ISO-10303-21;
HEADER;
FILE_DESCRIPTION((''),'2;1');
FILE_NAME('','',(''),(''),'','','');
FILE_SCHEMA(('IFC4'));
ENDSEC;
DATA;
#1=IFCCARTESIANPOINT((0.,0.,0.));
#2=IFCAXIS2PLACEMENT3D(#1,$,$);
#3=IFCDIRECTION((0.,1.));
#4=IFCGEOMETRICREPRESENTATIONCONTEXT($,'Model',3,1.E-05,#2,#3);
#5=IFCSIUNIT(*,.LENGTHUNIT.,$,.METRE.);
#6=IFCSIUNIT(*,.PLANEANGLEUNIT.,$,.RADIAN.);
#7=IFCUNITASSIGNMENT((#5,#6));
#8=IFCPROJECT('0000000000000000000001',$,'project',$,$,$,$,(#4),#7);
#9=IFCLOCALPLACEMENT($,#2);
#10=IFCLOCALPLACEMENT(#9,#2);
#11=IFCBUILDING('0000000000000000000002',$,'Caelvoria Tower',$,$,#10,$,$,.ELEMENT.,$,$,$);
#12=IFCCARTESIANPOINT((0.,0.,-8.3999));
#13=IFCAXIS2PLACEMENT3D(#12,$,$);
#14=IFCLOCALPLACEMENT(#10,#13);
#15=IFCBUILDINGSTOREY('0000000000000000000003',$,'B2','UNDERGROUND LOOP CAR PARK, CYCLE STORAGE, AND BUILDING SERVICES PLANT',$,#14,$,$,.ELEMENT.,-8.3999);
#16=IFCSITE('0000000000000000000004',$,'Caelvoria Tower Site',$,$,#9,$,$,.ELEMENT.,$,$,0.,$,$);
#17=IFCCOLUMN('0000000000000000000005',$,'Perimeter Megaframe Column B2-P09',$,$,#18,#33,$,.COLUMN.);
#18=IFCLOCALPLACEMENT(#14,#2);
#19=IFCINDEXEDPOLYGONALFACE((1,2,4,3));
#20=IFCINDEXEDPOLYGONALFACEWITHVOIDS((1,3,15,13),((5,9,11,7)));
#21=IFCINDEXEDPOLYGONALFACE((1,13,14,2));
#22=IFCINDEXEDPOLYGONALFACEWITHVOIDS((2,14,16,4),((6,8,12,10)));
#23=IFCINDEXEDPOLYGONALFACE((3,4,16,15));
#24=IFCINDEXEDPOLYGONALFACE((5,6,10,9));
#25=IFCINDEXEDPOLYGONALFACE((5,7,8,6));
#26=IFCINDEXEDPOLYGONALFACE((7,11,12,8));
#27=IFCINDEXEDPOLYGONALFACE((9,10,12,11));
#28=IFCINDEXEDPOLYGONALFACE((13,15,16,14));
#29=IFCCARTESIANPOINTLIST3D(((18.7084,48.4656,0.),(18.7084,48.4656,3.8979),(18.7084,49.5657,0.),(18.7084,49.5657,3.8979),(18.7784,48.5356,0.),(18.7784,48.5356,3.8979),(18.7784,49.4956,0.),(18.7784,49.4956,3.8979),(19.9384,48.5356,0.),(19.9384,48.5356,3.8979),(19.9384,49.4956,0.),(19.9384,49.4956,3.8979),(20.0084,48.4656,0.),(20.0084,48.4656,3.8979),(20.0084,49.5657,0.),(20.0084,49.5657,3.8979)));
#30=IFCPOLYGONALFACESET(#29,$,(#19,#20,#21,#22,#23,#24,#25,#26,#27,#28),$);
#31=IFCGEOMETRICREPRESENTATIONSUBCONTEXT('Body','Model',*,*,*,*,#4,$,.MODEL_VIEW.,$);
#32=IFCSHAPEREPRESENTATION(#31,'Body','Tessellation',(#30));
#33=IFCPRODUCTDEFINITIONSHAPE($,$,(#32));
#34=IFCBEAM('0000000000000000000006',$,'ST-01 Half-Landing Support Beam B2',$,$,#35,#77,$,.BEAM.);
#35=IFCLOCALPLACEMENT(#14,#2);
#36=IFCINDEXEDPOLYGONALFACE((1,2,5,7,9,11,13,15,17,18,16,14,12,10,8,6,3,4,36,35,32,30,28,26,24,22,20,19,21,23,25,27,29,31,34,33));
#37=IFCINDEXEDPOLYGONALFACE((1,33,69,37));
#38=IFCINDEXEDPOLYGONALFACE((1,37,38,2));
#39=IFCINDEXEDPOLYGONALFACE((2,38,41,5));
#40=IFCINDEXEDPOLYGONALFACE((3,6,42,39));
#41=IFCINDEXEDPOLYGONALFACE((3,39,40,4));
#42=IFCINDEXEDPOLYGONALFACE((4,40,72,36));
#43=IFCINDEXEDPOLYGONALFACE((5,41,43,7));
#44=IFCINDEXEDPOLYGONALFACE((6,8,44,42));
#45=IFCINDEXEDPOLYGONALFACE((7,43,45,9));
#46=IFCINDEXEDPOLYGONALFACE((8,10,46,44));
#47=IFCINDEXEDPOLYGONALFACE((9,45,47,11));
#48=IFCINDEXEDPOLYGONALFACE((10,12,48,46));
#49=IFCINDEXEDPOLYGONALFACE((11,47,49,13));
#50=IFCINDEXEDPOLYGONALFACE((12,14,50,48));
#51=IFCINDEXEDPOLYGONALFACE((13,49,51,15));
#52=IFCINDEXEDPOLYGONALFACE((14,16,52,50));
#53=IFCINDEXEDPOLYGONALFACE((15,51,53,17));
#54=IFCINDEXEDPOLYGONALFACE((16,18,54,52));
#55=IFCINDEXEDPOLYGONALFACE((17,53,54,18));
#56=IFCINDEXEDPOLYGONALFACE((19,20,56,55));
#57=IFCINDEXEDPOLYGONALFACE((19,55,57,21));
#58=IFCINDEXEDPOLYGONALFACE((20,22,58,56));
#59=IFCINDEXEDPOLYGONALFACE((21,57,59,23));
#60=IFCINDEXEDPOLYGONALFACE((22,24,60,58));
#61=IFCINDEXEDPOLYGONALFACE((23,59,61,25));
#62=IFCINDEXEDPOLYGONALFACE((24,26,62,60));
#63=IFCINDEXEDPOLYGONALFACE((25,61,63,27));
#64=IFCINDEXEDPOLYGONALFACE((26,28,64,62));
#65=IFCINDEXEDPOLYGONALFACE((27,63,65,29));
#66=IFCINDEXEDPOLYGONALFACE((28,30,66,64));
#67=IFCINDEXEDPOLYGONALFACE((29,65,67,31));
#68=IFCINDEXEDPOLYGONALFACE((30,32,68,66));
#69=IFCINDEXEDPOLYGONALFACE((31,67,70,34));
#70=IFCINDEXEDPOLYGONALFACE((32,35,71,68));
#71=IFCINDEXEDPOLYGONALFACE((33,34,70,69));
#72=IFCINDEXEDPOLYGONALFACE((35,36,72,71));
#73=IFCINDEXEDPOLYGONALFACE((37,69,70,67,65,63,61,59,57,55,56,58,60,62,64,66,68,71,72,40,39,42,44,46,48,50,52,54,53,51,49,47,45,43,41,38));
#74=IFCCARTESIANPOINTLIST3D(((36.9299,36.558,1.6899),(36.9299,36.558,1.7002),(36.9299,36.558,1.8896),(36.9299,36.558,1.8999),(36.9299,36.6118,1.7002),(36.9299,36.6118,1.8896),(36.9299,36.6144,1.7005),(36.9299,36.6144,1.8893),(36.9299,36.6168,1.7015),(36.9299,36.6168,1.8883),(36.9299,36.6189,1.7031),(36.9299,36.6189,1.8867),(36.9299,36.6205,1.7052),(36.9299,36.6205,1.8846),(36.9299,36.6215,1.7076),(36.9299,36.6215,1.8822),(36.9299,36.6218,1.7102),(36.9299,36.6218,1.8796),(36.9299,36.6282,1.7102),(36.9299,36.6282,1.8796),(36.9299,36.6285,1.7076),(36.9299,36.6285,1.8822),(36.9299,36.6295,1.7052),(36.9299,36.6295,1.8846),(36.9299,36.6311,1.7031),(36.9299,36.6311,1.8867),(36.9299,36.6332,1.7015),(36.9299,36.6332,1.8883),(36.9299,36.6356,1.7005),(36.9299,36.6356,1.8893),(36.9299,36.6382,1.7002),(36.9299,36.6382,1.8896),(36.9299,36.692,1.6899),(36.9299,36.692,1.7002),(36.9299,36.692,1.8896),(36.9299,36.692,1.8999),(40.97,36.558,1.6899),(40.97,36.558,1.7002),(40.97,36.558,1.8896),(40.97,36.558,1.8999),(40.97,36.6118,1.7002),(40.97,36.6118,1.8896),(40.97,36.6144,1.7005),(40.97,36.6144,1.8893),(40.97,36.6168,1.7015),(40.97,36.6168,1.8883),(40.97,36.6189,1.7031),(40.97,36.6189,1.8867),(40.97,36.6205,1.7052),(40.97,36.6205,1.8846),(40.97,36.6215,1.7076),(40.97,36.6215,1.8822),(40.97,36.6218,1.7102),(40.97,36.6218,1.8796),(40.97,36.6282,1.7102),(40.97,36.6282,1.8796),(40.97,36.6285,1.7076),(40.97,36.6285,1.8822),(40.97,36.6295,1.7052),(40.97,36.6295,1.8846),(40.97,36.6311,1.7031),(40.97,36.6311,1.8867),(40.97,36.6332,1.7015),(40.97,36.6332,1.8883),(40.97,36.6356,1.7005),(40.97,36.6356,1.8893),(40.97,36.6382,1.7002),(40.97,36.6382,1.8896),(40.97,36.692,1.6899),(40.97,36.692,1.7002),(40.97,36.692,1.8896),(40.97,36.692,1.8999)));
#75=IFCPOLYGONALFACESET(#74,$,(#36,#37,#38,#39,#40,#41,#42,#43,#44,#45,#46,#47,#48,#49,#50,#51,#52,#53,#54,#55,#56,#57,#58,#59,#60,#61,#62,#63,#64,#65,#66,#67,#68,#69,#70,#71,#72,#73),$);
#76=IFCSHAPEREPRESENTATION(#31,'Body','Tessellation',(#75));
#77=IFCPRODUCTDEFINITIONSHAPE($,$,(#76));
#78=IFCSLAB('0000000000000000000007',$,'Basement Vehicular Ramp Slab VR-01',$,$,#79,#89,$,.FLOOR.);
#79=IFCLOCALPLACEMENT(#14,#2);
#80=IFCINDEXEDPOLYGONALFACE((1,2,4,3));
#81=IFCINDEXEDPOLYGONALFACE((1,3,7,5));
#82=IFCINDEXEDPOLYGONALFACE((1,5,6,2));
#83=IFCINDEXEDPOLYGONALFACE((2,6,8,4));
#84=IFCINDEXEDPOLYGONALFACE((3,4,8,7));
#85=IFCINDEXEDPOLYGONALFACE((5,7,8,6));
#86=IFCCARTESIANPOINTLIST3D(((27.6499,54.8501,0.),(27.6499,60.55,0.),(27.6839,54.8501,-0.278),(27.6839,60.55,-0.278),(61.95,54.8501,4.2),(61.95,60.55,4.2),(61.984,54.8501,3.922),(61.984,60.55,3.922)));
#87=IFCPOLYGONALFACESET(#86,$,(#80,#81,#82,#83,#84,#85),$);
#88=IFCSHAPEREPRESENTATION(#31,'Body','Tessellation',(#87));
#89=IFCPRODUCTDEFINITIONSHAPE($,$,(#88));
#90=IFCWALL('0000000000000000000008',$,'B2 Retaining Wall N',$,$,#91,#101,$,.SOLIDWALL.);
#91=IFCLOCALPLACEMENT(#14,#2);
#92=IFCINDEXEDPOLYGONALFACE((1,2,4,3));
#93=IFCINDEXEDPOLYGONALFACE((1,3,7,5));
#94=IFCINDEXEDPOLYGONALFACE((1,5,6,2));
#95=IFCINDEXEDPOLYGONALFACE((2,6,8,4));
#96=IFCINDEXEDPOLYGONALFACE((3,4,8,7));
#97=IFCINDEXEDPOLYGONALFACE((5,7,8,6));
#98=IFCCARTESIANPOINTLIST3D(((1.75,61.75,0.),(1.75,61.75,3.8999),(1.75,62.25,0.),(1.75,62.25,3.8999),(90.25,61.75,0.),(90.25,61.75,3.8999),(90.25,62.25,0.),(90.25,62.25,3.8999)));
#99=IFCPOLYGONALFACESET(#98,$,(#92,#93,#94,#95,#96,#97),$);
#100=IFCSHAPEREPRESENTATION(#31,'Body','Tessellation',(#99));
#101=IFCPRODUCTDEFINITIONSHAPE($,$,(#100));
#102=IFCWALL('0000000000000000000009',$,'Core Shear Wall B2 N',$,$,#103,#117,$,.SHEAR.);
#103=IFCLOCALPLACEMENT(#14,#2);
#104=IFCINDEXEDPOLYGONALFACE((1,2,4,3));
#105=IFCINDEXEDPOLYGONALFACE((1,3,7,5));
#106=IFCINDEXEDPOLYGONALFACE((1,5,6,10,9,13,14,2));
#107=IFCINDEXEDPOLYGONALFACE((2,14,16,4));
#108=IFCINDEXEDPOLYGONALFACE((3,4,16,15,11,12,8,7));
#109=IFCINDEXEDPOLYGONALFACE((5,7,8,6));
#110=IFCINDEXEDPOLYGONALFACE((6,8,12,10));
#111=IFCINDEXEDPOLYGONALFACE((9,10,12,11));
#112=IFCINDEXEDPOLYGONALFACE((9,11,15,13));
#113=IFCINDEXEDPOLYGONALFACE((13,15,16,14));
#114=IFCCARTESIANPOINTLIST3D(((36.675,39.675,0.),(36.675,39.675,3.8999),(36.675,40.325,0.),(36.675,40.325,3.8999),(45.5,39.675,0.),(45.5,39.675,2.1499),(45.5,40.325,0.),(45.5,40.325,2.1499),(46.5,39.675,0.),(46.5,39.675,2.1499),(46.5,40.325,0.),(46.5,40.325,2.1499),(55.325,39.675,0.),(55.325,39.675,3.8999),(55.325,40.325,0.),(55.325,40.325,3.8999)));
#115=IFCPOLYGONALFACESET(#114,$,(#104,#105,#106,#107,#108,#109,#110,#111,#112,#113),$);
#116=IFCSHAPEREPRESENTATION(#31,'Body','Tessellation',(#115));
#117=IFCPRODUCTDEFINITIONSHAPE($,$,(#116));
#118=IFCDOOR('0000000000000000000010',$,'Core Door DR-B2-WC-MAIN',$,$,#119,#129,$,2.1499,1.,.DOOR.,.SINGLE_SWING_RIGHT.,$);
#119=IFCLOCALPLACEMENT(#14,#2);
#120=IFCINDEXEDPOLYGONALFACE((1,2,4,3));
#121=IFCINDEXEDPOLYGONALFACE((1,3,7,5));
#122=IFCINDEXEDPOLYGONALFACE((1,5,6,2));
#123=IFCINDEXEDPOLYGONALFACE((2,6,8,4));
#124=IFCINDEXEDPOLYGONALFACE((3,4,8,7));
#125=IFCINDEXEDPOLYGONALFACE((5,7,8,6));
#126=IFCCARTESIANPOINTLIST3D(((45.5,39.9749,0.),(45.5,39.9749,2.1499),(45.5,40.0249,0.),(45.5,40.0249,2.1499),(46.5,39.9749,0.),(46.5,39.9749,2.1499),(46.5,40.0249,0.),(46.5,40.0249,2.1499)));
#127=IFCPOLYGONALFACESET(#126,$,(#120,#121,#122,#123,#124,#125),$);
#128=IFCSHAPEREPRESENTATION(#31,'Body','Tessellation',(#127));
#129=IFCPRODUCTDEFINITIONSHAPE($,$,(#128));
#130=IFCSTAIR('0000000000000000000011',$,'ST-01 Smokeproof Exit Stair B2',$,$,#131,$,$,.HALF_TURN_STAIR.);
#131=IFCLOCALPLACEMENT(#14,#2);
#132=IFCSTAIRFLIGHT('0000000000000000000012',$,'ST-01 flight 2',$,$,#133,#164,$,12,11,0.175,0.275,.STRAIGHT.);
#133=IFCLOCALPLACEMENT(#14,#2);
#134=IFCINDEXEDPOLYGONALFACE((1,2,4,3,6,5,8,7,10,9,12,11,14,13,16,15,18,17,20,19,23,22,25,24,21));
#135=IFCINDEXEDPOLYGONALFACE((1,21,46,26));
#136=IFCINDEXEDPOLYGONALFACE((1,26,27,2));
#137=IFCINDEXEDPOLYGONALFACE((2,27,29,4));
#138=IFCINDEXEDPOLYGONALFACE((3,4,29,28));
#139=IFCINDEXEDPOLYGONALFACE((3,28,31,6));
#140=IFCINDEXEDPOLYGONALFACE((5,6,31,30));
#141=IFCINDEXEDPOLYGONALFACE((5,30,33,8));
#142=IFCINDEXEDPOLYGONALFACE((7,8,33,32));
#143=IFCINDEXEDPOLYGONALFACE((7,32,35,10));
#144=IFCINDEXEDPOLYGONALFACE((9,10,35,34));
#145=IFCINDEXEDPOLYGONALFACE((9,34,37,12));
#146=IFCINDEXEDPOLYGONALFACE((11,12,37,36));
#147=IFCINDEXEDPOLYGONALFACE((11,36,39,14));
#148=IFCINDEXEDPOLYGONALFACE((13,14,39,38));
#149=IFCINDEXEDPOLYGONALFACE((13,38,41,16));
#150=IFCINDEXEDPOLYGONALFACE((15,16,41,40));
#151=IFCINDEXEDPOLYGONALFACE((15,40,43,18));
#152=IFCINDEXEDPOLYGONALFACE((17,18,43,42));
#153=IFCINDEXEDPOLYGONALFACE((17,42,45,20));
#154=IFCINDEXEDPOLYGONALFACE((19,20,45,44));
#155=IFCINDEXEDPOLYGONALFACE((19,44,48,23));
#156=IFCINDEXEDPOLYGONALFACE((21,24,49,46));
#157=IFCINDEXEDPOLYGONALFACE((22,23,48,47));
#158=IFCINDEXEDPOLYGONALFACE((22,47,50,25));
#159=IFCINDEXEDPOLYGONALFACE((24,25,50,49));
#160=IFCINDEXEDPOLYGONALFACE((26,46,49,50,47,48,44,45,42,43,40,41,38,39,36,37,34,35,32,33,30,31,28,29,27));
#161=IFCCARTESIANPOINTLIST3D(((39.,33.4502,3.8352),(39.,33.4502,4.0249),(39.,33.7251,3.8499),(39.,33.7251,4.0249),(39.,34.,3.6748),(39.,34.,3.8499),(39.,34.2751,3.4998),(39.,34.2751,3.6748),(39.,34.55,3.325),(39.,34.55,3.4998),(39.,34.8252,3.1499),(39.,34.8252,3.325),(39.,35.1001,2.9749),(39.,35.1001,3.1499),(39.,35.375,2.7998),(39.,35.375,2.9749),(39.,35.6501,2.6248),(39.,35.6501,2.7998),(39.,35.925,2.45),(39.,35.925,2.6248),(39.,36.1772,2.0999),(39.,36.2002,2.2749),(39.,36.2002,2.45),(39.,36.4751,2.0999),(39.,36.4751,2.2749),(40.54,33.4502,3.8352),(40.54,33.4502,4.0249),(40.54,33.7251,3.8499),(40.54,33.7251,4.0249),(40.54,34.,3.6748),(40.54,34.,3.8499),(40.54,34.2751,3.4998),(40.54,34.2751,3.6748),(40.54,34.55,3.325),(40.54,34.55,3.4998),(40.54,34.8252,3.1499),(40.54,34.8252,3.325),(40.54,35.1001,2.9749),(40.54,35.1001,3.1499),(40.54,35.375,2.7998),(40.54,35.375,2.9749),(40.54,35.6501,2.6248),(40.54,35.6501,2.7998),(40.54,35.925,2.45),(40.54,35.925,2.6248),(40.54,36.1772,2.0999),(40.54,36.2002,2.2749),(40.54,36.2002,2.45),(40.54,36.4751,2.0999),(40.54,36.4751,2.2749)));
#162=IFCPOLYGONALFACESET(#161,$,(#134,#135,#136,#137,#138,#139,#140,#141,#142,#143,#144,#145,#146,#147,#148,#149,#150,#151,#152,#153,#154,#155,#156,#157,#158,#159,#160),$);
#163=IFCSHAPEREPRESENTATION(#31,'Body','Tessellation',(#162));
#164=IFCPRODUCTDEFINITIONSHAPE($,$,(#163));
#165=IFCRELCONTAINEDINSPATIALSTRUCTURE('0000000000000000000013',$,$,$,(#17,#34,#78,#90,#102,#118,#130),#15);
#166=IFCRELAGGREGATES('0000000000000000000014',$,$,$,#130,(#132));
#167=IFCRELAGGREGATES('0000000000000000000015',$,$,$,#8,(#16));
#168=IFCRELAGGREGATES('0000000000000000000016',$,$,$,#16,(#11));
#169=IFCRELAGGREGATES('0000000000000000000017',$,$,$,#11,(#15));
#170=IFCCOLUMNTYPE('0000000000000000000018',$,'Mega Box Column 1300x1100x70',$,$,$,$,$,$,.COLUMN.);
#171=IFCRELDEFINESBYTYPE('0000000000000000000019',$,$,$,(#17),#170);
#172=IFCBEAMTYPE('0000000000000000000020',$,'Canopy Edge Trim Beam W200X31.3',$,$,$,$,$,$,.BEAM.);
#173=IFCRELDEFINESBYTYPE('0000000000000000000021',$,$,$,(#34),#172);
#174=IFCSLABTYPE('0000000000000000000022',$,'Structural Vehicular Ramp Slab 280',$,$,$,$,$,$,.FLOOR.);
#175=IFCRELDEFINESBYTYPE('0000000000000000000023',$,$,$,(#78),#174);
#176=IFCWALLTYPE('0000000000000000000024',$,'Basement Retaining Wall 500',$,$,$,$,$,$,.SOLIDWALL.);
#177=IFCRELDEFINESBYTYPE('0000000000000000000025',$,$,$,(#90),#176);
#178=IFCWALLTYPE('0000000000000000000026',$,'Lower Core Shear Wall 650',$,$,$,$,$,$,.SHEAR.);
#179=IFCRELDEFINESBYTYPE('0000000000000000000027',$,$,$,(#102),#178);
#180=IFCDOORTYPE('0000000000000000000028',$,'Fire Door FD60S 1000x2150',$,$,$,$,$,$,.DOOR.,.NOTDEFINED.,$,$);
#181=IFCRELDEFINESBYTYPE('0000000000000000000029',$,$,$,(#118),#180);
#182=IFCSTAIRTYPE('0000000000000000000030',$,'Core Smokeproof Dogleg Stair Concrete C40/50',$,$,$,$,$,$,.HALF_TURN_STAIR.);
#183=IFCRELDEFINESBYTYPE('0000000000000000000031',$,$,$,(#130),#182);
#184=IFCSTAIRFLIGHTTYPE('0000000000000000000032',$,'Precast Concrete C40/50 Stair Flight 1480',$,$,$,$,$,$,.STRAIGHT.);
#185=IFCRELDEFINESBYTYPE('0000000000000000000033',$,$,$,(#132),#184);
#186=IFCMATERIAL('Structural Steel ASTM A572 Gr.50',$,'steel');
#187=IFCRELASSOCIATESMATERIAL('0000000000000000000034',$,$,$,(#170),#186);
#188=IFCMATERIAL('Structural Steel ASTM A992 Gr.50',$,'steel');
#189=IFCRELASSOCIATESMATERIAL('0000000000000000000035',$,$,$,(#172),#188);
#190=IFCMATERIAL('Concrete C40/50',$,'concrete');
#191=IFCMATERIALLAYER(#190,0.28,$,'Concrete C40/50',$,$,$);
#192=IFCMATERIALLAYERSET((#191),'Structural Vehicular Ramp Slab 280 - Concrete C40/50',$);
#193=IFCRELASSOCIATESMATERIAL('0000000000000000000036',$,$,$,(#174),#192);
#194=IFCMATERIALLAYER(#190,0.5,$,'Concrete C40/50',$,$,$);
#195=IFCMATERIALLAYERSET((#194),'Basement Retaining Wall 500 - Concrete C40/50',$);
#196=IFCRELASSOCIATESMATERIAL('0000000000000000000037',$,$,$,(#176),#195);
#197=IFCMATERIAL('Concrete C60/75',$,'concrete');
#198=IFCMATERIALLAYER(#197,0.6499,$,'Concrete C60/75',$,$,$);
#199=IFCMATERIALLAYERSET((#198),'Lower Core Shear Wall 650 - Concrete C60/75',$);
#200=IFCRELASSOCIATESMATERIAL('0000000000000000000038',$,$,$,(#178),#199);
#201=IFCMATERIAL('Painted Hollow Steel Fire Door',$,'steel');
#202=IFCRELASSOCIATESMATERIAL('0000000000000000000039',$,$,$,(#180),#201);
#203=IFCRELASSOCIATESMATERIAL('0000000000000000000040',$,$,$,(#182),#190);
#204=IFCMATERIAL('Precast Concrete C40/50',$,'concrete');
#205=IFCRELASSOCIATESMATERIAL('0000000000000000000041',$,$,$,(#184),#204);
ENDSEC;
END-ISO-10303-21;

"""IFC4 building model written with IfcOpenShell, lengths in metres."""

from ifc_helpers import new_model, si_unit, direction, frame, frame_2d, origin, origin_2d, place, context, subcontext, project, spatial, polyline, rectangle, hollow_rectangle, i_section, outline, extrude, material, layer, layer_set, material_profile, profile_set, type_object, element, fill, aggregate, save


model = new_model("IFC4")

# Units and contexts
model_context = context("Model", 3, precision=1e-05, world=origin(), true_north=direction((0.0, 1.0)))
body_context = subcontext(model_context, "Body", "Model", "MODEL_VIEW")
ifc_project = project(units=[si_unit("LENGTHUNIT", "METRE"), si_unit("PLANEANGLEUNIT", "RADIAN")], contexts=[model_context])

# Site, building, storey
site_placement = place(None, origin())
site = spatial("IfcSite", under=ifc_project, at=site_placement, Name="Caelvoria Tower Site", CompositionType="ELEMENT", RefElevation=0.0)
building_placement = place(site_placement, origin())
building = spatial("IfcBuilding", under=site, at=building_placement, Name="Caelvoria Tower", CompositionType="ELEMENT")
storey_placement = place(building_placement, frame((0.0, 0.0, -8.3999)))
storey = spatial("IfcBuildingStorey", under=building, at=storey_placement, Name="B2", Description="UNDERGROUND LOOP CAR PARK, CYCLE STORAGE, AND BUILDING SERVICES PLANT", CompositionType="ELEMENT", Elevation=-8.3999)

# Shared definitions
ifc_material_1 = material(Name="Concrete C40/50", Category="concrete")

# Column
ifc_material_2 = material(Name="Structural Steel ASTM A572 Gr.50", Category="steel")
ifc_material_profile_1 = material_profile(ifc_material_2, hollow_rectangle(XDim=1.1001, YDim=1.3, WallThickness=0.0701, at=origin_2d()), Name="Structural Steel ASTM A572 Gr.50")
ifc_profile_set_1 = profile_set([ifc_material_profile_1], Name="BOX1300X1100X70 - Structural Steel ASTM A572 Gr.50")
column_type_1 = type_object("IfcColumnType", Name="Mega Box Column 1300x1100x70", PredefinedType="COLUMN", material=ifc_profile_set_1)
for number, where, z_axis, x_axis, name in (
    (1, (19.3584, 49.0156, 0.0), (0.0, 0.0, 1.0), (0.0, 1.0, 0.0), "Perimeter Megaframe Column B2-P09"),
):
    element("IfcColumn", number, at=place(storey_placement, frame(where, z_axis=z_axis, x_axis=x_axis)), inside=storey, type_object=column_type_1, Name=name, PredefinedType="COLUMN", context=body_context, shape_type="SweptSolid", body=[
        extrude(hollow_rectangle(XDim=1.1001, YDim=1.3, WallThickness=0.0701, at=origin_2d()), origin(), (0.0, 0.0, 1.0), 3.8979),
    ])

# Beam
ifc_material_3 = material(Name="Structural Steel ASTM A992 Gr.50", Category="steel")
ifc_material_profile_2 = material_profile(ifc_material_3, i_section(OverallWidth=0.134, OverallDepth=0.21, WebThickness=0.0063, FlangeThickness=0.0103, FilletRadius=0.01, at=origin_2d()), Name="Structural Steel ASTM A992 Gr.50")
ifc_profile_set_2 = profile_set([ifc_material_profile_2], Name="W200X31.3 - Structural Steel ASTM A992 Gr.50")
beam_type = type_object("IfcBeamType", Name="Canopy Edge Trim Beam W200X31.3", PredefinedType="BEAM", material=ifc_profile_set_2)
beam_placement = place(storey_placement, frame((36.9299, 36.625, 1.7949), z_axis=(1.0, 0.0, 0.0), x_axis=(0.0, 1.0, 0.0)))
element("IfcBeam", 2, at=beam_placement, inside=storey, type_object=beam_type, Name="ST-01 Half-Landing Support Beam B2", PredefinedType="BEAM", context=body_context, shape_type="SweptSolid", body=[
    extrude(i_section(OverallWidth=0.134, OverallDepth=0.21, WebThickness=0.0063, FlangeThickness=0.0103, FilletRadius=0.01, at=origin_2d()), origin(), (0.0, 0.0, 1.0), 4.04),
])

# Slab
ifc_layer_1 = layer(ifc_material_1, 0.28, Name="Concrete C40/50")
ifc_layer_set_1 = layer_set([ifc_layer_1], Name="Structural Vehicular Ramp Slab 280 - Concrete C40/50")
slab_type = type_object("IfcSlabType", Name="Structural Vehicular Ramp Slab 280", PredefinedType="FLOOR", material=ifc_layer_set_1)
slab_placement = place(storey_placement, frame((27.6499, 54.8501, 0.0), z_axis=(-0.12154, 0.0, 0.992587), x_axis=(0.992587, 0.0, 0.12154)))
element("IfcSlab", 3, at=slab_placement, inside=storey, type_object=slab_type, Name="Basement Vehicular Ramp Slab VR-01", PredefinedType="FLOOR", context=body_context, shape_type="SweptSolid", body=[
    extrude(outline(polyline([(0.0, 0.0), (34.5562, 0.0), (34.5562, 5.7), (0.0, 5.7), (0.0, 0.0)])), origin(), (0.0, 0.0, -1.0), 0.28),
])

# Wall
ifc_layer_2 = layer(ifc_material_1, 0.5, Name="Concrete C40/50")
ifc_layer_set_2 = layer_set([ifc_layer_2], Name="Basement Retaining Wall 500 - Concrete C40/50")
wall_type_1 = type_object("IfcWallType", Name="Basement Retaining Wall 500", PredefinedType="SOLIDWALL", material=ifc_layer_set_2)
wall_1_placement = place(storey_placement, frame((1.75, 62.0, 0.0), z_axis=(0.0, 0.0, 1.0), x_axis=(1.0, 0.0, 0.0)))
element("IfcWall", 4, at=wall_1_placement, inside=storey, type_object=wall_type_1, Name="B2 Retaining Wall N", PredefinedType="SOLIDWALL", context=body_context, shape_type="SweptSolid", body=[
    extrude(rectangle(XDim=88.5, YDim=0.5, at=frame_2d((44.25, 0.0))), origin(), (0.0, 0.0, 1.0), 3.8999),
])

# Wall, opening, door
ifc_material_4 = material(Name="Concrete C60/75", Category="concrete")
ifc_layer_3 = layer(ifc_material_4, 0.6499, Name="Concrete C60/75")
ifc_layer_set_3 = layer_set([ifc_layer_3], Name="Lower Core Shear Wall 650 - Concrete C60/75")
wall_type_2 = type_object("IfcWallType", Name="Lower Core Shear Wall 650", PredefinedType="SHEAR", material=ifc_layer_set_3)
wall_2_placement = place(storey_placement, frame((36.675, 40.0, 0.0), z_axis=(0.0, 0.0, 1.0), x_axis=(1.0, 0.0, 0.0)))
wall_2 = element("IfcWall", 5, at=wall_2_placement, inside=storey, type_object=wall_type_2, Name="Core Shear Wall B2 N", PredefinedType="SHEAR", context=body_context, shape_type="SweptSolid", body=[
    extrude(rectangle(XDim=18.6499, YDim=0.6499, at=frame_2d((9.325, 0.0))), origin(), (0.0, 0.0, 1.0), 3.8999),
])
opening_placement = place(wall_2_placement, frame((8.825, 0.0, 0.0)))
opening = element("IfcOpeningElement", 6, at=opening_placement, cuts=wall_2, PredefinedType="OPENING", context=body_context, shape_type="SweptSolid", body=[
    extrude(rectangle(XDim=1.0, YDim=2.1499, at=frame_2d((0.5, 1.075))), frame((0.0, 0.335, 0.0), z_axis=(0.0, -1.0, 0.0), x_axis=(1.0, 0.0, 0.0)), (0.0, 0.0, 1.0), 0.6699),
])
ifc_material_5 = material(Name="Painted Hollow Steel Fire Door", Category="steel")
door_type = type_object("IfcDoorType", Name="Fire Door FD60S 1000x2150", OperationType="NOTDEFINED", PredefinedType="DOOR", material=ifc_material_5)
door_placement = place(opening_placement, origin())
door = element("IfcDoor", 7, at=door_placement, inside=storey, type_object=door_type, Name="Core Door DR-B2-WC-MAIN", OperationType="SINGLE_SWING_RIGHT", OverallHeight=2.1499, OverallWidth=1.0, PredefinedType="DOOR", context=body_context, shape_type="SweptSolid", body=[
    extrude(rectangle(XDim=1.0, YDim=2.1499, at=frame_2d((0.5, 1.075))), frame((0.0, 0.0249, 0.0), z_axis=(0.0, -1.0, 0.0), x_axis=(1.0, 0.0, 0.0)), (0.0, 0.0, 1.0), 0.05),
])
fill(opening, door)

# Stair, stair flight
stair_type = type_object("IfcStairType", Name="Core Smokeproof Dogleg Stair Concrete C40/50", PredefinedType="HALF_TURN_STAIR", material=ifc_material_1)
stair_placement = place(storey_placement, origin())
stair = element("IfcStair", 8, at=stair_placement, inside=storey, type_object=stair_type, Name="ST-01 Smokeproof Exit Stair B2", PredefinedType="HALF_TURN_STAIR")
ifc_material_6 = material(Name="Precast Concrete C40/50", Category="concrete")
stair_flight_type = type_object("IfcStairFlightType", Name="Precast Concrete C40/50 Stair Flight 1480", PredefinedType="STRAIGHT", material=ifc_material_6)
stair_flight_placement = place(storey_placement, frame((39.77, 36.4751, 2.0999), z_axis=(0.0, 0.0, 1.0), x_axis=(0.0, -1.0, 0.0)))
stair_flight = element("IfcStairFlight", 9, at=stair_flight_placement, type_object=stair_flight_type, Name="ST-01 flight 2", NumberOfRisers=12, NumberOfTreads=11, PredefinedType="STRAIGHT", RiserHeight=0.175, TreadLength=0.275, context=body_context, shape_type="SweptSolid", body=[
    extrude(outline(polyline([(0.0, 0.0), (0.0, 0.175), (0.2749, 0.175), (0.2749, 0.3501), (0.55, 0.3501), (0.55, 0.5249), (0.825, 0.5249), (0.825, 0.7), (1.1001, 0.7), (1.1001, 0.875), (1.375, 0.875), (1.375, 1.05), (1.6499, 1.05), (1.6499, 1.2251), (1.925, 1.2251), (1.925, 1.3999), (2.2, 1.3999), (2.2, 1.575), (2.4751, 1.575), (2.4751, 1.75), (2.75, 1.75), (2.75, 1.925), (3.0249, 1.925), (3.0249, 2.1001), (3.0249, 1.7354), (0.2979, 0.0), (0.0, 0.0)])), frame((0.0, 0.77, 0.0), z_axis=(0.0, -1.0, 0.0), x_axis=(1.0, 0.0, 0.0)), (0.0, 0.0, 1.0), 1.54),
])
aggregate(stair, [stair_flight])

save(model, "model.ifc")
